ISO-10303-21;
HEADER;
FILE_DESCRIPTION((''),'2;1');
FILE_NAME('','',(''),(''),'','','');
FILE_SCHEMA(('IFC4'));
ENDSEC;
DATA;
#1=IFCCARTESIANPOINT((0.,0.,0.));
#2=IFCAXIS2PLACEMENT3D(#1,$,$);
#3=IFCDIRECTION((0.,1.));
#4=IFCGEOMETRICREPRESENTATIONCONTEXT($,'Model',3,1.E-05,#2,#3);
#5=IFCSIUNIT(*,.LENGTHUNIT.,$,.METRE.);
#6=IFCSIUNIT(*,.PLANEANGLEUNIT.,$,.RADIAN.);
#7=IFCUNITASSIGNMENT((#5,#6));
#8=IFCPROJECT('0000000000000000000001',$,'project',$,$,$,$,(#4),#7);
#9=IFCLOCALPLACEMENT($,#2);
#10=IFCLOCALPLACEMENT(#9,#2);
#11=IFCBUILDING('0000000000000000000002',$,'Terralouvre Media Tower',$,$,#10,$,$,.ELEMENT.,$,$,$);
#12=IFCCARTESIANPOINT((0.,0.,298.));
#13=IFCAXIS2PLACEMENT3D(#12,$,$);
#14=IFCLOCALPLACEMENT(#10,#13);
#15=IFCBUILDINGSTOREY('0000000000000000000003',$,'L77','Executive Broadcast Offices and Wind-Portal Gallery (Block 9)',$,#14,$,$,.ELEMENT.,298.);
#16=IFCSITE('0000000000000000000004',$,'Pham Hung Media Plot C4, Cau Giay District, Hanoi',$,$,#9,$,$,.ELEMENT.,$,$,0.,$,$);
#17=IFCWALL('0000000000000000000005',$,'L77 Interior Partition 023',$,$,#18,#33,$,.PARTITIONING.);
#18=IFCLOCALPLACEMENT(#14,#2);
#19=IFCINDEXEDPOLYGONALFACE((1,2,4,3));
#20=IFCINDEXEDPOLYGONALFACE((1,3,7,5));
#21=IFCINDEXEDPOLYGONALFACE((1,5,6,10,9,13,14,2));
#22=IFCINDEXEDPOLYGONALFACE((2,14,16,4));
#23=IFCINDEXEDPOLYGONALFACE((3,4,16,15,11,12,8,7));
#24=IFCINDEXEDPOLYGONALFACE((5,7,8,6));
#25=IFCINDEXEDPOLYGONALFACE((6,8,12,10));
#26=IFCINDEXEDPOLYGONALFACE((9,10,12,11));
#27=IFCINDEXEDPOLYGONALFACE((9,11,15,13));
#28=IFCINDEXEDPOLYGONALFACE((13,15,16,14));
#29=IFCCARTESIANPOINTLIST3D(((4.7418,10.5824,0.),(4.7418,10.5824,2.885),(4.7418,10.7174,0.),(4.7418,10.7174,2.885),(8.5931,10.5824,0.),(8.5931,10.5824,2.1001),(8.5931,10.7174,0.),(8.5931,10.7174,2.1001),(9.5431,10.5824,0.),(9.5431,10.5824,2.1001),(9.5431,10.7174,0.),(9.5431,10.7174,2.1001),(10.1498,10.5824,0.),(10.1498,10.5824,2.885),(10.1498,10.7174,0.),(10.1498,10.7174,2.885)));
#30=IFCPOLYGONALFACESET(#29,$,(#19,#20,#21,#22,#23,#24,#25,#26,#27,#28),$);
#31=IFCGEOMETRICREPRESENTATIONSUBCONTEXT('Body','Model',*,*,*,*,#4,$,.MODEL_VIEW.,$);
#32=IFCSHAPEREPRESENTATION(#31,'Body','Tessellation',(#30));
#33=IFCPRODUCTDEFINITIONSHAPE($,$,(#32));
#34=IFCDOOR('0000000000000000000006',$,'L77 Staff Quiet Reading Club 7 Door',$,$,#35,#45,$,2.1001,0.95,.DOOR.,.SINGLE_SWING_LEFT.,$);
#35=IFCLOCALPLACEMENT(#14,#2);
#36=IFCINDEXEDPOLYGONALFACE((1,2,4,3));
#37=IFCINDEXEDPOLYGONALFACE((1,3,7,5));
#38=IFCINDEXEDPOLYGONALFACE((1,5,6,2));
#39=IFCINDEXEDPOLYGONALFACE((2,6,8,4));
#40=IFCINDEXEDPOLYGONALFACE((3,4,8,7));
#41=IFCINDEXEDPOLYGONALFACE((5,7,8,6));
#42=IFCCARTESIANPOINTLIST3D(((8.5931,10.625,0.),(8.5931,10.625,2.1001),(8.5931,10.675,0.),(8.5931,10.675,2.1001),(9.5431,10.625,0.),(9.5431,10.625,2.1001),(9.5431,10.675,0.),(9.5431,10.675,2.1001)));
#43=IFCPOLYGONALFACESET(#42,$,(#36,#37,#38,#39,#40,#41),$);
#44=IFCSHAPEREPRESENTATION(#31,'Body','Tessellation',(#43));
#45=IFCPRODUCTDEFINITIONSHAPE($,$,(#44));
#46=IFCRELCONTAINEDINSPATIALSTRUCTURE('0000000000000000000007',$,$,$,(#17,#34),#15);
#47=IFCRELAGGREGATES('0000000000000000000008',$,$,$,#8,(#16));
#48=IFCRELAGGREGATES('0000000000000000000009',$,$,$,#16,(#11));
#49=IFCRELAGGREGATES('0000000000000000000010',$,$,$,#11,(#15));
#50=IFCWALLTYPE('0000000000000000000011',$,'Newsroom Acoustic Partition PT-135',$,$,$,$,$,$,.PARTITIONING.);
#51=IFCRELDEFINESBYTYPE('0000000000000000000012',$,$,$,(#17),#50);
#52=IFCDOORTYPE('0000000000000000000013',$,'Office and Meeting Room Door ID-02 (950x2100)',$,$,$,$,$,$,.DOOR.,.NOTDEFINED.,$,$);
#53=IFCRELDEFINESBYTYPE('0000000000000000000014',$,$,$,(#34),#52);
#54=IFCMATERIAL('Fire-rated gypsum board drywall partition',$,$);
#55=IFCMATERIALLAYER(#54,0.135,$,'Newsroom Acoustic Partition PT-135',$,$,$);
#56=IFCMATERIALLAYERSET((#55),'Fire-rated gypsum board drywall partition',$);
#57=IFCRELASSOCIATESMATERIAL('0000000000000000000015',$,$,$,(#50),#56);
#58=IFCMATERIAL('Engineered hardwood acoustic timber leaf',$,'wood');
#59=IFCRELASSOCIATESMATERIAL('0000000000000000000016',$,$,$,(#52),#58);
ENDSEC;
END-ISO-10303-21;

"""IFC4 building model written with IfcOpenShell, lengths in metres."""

from ifc_helpers import new_model, si_unit, direction, frame, frame_2d, origin, place, context, subcontext, project, spatial, rectangle, extrude, material, layer, layer_set, type_object, element, fill, save


model = new_model("IFC4")

# Units and contexts
model_context = context("Model", 3, precision=1e-05, world=origin(), true_north=direction((0.0, 1.0)))
body_context = subcontext(model_context, "Body", "Model", "MODEL_VIEW")
ifc_project = project(units=[si_unit("LENGTHUNIT", "METRE"), si_unit("PLANEANGLEUNIT", "RADIAN")], contexts=[model_context])

# Site, building, storey
site_placement = place(None, origin())
site = spatial("IfcSite", under=ifc_project, at=site_placement, Name="Pham Hung Media Plot C4, Cau Giay District, Hanoi", CompositionType="ELEMENT", RefElevation=0.0)
building_placement = place(site_placement, origin())
building = spatial("IfcBuilding", under=site, at=building_placement, Name="Terralouvre Media Tower", CompositionType="ELEMENT")
storey_placement = place(building_placement, frame((0.0, 0.0, 298.0)))
storey = spatial("IfcBuildingStorey", under=building, at=storey_placement, Name="L77", Description="Executive Broadcast Offices and Wind-Portal Gallery (Block 9)", CompositionType="ELEMENT", Elevation=298.0)

# Shared definitions
ifc_material_1 = material(Name="Fire-rated gypsum board drywall partition")
ifc_layer_1 = layer(ifc_material_1, 0.135, Name="Newsroom Acoustic Partition PT-135")
ifc_layer_set_1 = layer_set([ifc_layer_1], Name="Fire-rated gypsum board drywall partition")
wall_type_1 = type_object("IfcWallType", Name="Newsroom Acoustic Partition PT-135", PredefinedType="PARTITIONING", material=ifc_layer_set_1)

# Wall, opening, door
wall_1_placement = place(storey_placement, frame((10.1499, 10.6499, 0.0), z_axis=(0.0, 0.0, 1.0), x_axis=(-1.0, 0.0, 0.0)))
wall_1 = element("IfcWall", 1, at=wall_1_placement, inside=storey, type_object=wall_type_1, Name="L77 Interior Partition 023", PredefinedType="PARTITIONING", context=body_context, shape_type="SweptSolid", body=[
    extrude(rectangle(XDim=5.408, YDim=0.135, at=frame_2d((2.7041, 0.0))), origin(), (0.0, 0.0, 1.0), 2.885),
])
opening_1_placement = place(wall_1_placement, frame((0.6067, 0.0, 0.0)))
opening_1 = element("IfcOpeningElement", 2, at=opening_1_placement, cuts=wall_1, PredefinedType="OPENING", context=body_context, shape_type="SweptSolid", body=[
    extrude(rectangle(XDim=0.95, YDim=2.1001, at=frame_2d((0.4751, 1.05))), frame((0.0, 0.0774, 0.0), z_axis=(0.0, -1.0, 0.0), x_axis=(1.0, 0.0, 0.0)), (0.0, 0.0, 1.0), 0.155),
])
ifc_material_2 = material(Name="Engineered hardwood acoustic timber leaf", Category="wood")
door_type_1 = type_object("IfcDoorType", Name="Office and Meeting Room Door ID-02 (950x2100)", OperationType="NOTDEFINED", PredefinedType="DOOR", material=ifc_material_2)
door_1_placement = place(opening_1_placement, origin())
door_1 = element("IfcDoor", 3, at=door_1_placement, inside=storey, type_object=door_type_1, Name="L77 Staff Quiet Reading Club 7 Door", OperationType="SINGLE_SWING_LEFT", OverallHeight=2.1001, OverallWidth=0.95, PredefinedType="DOOR", context=body_context, shape_type="SweptSolid", body=[
    extrude(rectangle(XDim=0.95, YDim=2.1001, at=frame_2d((0.4751, 1.05))), frame((0.0, 0.0249, 0.0), z_axis=(0.0, -1.0, 0.0), x_axis=(1.0, 0.0, 0.0)), (0.0, 0.0, 1.0), 0.05),
])
fill(opening_1, door_1)

save(model, "model.ifc")
